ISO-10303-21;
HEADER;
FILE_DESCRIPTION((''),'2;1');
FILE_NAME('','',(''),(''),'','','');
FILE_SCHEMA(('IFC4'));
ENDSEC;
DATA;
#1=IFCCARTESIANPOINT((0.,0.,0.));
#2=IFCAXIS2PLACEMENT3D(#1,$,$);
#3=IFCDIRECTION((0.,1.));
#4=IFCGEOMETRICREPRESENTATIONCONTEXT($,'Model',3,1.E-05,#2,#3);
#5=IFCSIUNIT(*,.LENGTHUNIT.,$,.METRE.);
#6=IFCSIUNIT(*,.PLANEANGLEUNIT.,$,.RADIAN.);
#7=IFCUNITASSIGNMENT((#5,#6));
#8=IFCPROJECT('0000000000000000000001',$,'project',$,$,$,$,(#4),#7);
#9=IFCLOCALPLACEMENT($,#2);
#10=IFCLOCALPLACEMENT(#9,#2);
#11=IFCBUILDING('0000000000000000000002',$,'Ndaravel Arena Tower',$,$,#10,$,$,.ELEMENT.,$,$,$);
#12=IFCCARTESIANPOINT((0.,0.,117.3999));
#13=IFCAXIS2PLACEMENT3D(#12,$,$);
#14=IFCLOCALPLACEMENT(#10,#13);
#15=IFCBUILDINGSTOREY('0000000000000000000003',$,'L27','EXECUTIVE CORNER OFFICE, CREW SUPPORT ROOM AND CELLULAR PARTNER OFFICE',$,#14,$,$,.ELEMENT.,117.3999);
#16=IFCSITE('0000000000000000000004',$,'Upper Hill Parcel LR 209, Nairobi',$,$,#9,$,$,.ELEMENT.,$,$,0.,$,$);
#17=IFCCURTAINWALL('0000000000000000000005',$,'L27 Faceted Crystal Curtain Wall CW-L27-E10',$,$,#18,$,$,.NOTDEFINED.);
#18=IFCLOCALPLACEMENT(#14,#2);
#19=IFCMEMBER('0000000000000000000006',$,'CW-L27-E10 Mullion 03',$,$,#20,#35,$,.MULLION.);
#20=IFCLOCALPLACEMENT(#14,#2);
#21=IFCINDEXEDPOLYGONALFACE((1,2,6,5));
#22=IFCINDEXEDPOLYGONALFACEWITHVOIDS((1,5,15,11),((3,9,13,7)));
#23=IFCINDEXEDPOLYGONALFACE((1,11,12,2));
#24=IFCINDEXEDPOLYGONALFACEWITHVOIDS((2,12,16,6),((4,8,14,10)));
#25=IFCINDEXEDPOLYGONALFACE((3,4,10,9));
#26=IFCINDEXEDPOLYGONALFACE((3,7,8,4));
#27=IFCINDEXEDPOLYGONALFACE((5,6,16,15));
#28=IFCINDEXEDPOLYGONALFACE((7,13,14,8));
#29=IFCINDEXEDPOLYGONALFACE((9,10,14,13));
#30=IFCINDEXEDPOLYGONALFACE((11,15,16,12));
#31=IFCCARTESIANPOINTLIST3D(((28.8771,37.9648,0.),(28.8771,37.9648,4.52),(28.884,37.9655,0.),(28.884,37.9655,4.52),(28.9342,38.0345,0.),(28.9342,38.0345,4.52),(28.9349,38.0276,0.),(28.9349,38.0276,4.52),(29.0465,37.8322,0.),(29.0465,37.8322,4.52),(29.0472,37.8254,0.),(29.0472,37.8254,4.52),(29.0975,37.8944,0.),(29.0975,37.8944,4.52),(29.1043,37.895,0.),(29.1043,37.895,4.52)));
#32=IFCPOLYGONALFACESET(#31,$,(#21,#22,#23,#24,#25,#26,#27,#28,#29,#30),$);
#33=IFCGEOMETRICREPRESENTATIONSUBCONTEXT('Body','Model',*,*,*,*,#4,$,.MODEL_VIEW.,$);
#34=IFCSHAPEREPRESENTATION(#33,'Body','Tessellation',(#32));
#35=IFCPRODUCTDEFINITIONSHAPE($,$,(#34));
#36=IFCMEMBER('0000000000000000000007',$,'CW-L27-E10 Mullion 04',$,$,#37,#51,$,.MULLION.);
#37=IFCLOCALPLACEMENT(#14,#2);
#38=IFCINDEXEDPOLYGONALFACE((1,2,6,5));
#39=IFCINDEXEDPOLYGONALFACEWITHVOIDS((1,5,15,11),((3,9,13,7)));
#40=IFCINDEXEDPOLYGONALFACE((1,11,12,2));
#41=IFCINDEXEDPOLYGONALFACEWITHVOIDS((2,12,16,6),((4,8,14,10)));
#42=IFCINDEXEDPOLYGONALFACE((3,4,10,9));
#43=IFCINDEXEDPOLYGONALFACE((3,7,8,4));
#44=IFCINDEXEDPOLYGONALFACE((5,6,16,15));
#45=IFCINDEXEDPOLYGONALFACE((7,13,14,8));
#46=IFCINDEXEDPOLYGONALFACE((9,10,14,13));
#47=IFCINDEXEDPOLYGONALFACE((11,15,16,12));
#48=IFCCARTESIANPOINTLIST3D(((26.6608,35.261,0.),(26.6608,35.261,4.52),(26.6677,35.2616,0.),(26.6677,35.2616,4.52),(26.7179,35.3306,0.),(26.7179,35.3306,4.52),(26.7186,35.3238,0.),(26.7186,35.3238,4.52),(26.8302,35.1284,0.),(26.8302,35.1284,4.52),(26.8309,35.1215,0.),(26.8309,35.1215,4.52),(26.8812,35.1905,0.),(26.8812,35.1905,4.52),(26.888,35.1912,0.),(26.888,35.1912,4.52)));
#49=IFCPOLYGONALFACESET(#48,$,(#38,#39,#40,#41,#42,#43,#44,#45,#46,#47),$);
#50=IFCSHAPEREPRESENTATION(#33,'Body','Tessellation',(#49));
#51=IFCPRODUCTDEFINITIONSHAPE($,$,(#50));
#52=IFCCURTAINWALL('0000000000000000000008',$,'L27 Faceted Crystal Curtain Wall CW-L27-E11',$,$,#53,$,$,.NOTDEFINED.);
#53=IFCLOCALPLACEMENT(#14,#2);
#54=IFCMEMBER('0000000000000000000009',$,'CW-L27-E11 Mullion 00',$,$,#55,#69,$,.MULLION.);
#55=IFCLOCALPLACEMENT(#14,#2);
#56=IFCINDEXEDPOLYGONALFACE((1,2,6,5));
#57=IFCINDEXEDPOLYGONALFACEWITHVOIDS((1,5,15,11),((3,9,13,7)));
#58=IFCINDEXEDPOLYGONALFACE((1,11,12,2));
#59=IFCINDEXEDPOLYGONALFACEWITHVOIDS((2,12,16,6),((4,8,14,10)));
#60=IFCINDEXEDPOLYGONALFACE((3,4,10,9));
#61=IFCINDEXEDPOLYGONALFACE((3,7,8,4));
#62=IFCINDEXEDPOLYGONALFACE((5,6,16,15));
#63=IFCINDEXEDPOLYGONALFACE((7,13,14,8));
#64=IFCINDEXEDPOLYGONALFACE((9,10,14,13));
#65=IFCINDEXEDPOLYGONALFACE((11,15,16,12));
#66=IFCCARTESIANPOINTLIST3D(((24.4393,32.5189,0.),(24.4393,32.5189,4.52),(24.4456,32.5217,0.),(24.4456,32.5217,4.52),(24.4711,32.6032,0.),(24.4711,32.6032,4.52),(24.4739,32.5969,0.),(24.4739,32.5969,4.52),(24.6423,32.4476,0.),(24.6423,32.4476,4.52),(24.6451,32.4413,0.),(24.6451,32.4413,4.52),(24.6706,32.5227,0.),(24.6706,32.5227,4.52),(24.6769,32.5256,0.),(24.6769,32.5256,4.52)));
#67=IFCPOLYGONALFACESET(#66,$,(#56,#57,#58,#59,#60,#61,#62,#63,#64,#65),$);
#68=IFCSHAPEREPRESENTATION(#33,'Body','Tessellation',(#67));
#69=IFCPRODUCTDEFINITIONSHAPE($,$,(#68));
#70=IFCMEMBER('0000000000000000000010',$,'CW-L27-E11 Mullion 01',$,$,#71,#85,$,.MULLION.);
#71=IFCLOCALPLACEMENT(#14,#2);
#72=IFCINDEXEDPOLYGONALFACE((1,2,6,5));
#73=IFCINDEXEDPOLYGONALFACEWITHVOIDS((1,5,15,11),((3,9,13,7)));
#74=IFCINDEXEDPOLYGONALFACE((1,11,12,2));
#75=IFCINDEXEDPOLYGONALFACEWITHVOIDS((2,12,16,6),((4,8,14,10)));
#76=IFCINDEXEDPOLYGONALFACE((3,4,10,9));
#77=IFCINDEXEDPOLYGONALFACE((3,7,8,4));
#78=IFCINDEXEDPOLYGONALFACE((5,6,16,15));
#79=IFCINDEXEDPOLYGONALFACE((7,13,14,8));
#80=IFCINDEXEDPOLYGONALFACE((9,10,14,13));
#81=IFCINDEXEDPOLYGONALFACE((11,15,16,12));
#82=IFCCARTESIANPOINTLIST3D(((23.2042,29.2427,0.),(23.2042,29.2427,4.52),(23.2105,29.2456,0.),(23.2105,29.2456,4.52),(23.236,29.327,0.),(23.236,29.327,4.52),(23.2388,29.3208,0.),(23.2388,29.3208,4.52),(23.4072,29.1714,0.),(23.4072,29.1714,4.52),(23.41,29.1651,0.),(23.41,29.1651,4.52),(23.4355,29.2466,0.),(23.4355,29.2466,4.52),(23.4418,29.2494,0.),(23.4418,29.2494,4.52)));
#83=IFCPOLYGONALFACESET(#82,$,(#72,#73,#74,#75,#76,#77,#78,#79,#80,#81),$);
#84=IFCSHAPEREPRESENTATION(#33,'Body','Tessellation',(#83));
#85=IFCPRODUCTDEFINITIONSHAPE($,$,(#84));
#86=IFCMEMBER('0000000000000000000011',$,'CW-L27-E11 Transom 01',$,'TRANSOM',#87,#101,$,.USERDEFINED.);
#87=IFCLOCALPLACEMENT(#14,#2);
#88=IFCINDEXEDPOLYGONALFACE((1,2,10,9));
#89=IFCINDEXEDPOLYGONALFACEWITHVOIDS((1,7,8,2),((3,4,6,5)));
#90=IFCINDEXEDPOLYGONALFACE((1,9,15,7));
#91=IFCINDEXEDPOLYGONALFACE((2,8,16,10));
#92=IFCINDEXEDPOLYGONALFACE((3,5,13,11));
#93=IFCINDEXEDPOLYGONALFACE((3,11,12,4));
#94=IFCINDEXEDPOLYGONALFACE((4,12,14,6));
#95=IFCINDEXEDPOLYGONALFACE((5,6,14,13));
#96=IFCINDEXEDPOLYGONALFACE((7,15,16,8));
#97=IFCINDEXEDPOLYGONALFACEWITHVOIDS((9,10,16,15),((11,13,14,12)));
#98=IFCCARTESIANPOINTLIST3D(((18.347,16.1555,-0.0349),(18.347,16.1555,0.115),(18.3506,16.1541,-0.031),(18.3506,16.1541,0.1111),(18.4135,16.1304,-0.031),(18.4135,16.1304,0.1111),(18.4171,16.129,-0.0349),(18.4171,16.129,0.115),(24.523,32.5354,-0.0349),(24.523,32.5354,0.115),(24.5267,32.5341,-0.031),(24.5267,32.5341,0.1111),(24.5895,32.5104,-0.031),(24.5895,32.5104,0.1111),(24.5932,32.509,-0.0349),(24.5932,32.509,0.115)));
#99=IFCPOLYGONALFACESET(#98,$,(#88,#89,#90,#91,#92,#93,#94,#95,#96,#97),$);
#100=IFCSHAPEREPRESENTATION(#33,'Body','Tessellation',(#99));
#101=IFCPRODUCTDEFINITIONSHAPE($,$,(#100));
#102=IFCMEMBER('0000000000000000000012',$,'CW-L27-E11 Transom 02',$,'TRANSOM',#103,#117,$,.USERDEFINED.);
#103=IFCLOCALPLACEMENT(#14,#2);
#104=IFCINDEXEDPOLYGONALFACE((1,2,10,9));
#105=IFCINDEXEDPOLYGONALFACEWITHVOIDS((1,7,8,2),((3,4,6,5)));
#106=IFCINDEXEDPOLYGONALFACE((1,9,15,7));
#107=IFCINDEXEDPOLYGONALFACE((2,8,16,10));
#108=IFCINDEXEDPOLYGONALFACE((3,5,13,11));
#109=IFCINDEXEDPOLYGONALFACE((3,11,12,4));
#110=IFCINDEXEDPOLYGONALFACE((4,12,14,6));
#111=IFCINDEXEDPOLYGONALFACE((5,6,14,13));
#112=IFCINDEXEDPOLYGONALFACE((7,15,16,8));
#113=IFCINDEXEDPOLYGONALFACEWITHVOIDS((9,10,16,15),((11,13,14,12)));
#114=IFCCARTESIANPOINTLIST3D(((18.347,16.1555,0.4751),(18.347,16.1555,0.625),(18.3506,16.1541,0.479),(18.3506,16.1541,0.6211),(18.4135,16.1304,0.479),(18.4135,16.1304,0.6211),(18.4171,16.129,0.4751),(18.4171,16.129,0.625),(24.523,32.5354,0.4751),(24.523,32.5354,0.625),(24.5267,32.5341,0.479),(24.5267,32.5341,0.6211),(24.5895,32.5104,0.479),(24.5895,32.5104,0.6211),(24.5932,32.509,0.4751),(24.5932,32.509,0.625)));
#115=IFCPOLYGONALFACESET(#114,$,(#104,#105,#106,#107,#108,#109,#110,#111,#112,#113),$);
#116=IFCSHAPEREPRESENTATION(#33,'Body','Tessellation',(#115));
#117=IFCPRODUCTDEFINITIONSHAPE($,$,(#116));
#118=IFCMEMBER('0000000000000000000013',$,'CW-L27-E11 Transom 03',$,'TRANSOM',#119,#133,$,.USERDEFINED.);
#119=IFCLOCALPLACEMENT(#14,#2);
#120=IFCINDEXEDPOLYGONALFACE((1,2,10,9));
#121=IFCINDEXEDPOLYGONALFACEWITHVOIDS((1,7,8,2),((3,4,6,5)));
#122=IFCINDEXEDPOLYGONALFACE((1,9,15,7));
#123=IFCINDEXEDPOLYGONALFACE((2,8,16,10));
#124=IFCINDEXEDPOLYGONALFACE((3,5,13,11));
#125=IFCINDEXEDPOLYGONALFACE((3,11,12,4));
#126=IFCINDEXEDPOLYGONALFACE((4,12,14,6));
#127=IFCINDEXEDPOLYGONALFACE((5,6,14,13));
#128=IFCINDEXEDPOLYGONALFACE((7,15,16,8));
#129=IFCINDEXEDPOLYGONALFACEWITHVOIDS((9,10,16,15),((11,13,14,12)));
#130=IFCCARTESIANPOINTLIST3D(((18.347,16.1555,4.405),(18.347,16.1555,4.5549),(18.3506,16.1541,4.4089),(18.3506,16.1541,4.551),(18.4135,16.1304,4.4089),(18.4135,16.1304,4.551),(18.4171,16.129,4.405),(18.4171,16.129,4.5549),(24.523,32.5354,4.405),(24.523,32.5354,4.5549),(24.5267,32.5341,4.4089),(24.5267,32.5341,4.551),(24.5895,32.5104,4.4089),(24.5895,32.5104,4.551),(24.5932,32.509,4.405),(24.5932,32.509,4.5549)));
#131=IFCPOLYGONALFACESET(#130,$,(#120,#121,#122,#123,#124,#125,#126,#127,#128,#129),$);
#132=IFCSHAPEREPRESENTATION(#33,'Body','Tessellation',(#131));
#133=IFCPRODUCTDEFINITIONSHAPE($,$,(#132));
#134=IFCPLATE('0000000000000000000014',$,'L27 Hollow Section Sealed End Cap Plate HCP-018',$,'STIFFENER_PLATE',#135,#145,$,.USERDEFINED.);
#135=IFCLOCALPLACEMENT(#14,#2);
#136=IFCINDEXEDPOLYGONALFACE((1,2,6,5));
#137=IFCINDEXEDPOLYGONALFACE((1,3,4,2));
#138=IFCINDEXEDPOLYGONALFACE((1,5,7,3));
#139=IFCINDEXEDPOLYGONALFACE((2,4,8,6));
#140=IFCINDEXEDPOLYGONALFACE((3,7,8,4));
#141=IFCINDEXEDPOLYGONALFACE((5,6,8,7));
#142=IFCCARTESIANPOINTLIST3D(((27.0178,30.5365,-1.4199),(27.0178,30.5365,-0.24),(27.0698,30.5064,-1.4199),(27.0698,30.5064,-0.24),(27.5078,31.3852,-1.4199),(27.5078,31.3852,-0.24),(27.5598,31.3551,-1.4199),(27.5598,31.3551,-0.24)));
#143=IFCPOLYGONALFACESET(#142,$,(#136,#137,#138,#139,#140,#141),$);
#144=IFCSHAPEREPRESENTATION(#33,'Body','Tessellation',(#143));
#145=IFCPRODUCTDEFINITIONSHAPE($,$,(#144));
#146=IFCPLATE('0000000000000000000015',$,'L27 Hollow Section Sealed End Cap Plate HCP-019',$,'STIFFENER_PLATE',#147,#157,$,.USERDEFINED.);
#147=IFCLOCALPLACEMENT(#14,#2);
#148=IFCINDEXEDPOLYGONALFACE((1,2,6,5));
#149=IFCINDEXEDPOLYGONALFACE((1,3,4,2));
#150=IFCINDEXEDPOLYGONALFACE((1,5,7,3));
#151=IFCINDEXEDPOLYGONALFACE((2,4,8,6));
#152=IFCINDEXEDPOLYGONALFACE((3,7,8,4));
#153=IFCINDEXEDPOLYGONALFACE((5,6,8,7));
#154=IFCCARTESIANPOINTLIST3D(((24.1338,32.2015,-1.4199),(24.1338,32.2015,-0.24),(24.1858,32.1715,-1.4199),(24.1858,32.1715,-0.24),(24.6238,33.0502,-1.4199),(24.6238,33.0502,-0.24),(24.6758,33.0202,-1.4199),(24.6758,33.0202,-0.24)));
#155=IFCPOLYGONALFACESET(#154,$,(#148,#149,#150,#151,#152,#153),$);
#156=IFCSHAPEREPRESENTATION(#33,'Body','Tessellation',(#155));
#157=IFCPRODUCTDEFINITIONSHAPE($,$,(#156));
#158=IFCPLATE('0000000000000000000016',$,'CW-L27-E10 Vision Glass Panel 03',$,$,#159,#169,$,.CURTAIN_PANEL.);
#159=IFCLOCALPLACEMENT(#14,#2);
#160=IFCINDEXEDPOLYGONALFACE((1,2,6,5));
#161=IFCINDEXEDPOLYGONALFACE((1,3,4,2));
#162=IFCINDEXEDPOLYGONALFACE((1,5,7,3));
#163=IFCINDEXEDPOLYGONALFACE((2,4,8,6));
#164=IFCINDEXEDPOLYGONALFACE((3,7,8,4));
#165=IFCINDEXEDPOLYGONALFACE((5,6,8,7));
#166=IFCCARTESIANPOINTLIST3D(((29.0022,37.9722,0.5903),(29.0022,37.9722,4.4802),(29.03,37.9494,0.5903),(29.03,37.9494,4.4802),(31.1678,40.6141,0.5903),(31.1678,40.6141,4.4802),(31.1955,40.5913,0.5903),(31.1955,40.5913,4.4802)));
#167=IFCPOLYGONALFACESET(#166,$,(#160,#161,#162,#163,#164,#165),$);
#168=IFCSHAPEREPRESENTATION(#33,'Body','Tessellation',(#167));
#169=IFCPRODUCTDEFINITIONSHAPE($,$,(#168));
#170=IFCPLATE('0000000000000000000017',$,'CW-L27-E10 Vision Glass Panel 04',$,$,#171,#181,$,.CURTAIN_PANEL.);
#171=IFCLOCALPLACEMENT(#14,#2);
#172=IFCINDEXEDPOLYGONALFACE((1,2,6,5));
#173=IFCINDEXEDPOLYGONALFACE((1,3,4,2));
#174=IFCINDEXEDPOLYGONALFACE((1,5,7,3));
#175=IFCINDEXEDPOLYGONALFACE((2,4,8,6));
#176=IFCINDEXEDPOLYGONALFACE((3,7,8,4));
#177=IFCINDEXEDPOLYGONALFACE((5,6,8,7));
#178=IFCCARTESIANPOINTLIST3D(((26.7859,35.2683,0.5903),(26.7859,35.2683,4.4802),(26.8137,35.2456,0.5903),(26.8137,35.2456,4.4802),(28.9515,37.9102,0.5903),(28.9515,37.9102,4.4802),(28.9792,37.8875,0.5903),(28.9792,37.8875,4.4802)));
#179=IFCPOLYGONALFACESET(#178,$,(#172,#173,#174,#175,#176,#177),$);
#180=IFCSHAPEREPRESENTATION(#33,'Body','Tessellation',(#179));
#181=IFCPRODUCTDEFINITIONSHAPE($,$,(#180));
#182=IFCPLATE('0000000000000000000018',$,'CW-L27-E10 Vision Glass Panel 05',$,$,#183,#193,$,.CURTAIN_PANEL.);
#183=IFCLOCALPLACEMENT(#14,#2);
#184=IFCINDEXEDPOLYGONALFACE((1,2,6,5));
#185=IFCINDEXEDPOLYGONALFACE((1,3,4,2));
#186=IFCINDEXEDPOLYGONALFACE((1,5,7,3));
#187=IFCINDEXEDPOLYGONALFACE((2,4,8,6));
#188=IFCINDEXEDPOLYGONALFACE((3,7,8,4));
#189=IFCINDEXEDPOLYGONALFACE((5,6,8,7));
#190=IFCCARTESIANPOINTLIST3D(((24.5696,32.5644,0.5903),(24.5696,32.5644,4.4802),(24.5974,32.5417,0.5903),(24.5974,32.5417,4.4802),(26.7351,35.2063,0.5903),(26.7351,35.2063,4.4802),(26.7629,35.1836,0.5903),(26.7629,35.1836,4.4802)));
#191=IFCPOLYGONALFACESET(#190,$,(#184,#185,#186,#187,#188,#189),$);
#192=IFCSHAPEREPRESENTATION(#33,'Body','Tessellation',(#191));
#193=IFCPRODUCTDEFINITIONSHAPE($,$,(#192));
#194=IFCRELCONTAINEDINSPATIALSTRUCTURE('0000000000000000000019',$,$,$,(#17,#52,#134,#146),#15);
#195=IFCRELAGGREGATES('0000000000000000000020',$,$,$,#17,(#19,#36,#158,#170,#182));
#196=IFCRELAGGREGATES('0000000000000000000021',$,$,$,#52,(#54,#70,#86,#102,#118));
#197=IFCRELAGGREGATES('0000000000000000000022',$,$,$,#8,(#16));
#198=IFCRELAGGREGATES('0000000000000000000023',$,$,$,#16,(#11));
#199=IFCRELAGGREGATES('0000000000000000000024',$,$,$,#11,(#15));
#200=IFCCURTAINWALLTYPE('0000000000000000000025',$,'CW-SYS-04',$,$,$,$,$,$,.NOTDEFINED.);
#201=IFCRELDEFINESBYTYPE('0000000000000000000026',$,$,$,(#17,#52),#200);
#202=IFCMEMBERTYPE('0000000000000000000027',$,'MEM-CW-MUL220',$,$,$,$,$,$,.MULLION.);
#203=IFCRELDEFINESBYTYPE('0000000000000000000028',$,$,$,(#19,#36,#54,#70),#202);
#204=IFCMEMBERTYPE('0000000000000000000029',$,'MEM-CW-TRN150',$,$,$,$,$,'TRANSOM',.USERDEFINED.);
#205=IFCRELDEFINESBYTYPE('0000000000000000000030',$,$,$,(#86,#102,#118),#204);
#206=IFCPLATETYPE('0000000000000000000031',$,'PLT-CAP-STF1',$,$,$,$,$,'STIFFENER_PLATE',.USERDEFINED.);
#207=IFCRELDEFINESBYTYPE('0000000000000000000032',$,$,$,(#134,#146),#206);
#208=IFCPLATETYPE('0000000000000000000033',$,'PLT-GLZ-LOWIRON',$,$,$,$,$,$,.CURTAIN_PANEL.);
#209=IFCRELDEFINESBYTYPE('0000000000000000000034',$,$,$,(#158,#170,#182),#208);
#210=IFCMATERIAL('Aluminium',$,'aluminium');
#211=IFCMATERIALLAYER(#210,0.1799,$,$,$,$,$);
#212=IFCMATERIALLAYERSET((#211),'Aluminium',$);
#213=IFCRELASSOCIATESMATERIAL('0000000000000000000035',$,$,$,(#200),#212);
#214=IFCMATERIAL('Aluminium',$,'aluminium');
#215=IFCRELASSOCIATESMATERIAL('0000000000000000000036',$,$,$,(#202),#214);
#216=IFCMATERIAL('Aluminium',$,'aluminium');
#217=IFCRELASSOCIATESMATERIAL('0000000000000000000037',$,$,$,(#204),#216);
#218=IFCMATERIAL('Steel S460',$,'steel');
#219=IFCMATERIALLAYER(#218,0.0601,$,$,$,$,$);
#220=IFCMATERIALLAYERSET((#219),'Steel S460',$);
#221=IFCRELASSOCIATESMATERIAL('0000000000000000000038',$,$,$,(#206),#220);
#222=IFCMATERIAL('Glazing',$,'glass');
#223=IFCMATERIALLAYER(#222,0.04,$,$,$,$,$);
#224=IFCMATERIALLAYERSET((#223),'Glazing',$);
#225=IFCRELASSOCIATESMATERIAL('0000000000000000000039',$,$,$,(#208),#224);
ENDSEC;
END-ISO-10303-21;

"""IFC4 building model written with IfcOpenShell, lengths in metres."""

from ifc_helpers import new_model, si_unit, direction, frame, origin, origin_2d, place, context, subcontext, project, spatial, rectangle, hollow_rectangle, extrude, material, layer, layer_set, material_profile, profile_set, type_object, element, aggregate, save


model = new_model("IFC4")

# Units and contexts
model_context = context("Model", 3, precision=1e-05, world=origin(), true_north=direction((0.0, 1.0)))
body_context = subcontext(model_context, "Body", "Model", "MODEL_VIEW")
ifc_project = project(units=[si_unit("LENGTHUNIT", "METRE"), si_unit("PLANEANGLEUNIT", "RADIAN")], contexts=[model_context])

# Site, building, storey
site_placement = place(None, origin())
site = spatial("IfcSite", under=ifc_project, at=site_placement, Name="Upper Hill Parcel LR 209, Nairobi", CompositionType="ELEMENT", RefElevation=0.0)
building_placement = place(site_placement, origin())
building = spatial("IfcBuilding", under=site, at=building_placement, Name="Ndaravel Arena Tower", CompositionType="ELEMENT")
storey_placement = place(building_placement, frame((0.0, 0.0, 117.3999)))
storey = spatial("IfcBuildingStorey", under=building, at=storey_placement, Name="L27", Description="EXECUTIVE CORNER OFFICE, CREW SUPPORT ROOM AND CELLULAR PARTNER OFFICE", CompositionType="ELEMENT", Elevation=117.3999)

# Curtain walls, members
ifc_material_1 = material(Name="Aluminium", Category="aluminium")
ifc_layer_1 = layer(ifc_material_1, 0.1799)
ifc_layer_set_1 = layer_set([ifc_layer_1], Name="Aluminium")
curtain_wall_type = type_object("IfcCurtainWallType", Name="CW-SYS-04", PredefinedType="NOTDEFINED", material=ifc_layer_set_1)
curtain_wall_1_placement = place(storey_placement, origin())
curtain_wall_1 = element("IfcCurtainWall", 1, at=curtain_wall_1_placement, inside=storey, type_object=curtain_wall_type, Name="L27 Faceted Crystal Curtain Wall CW-L27-E10", PredefinedType="NOTDEFINED")
ifc_material_2 = material(Name="Aluminium", Category="aluminium")
ifc_material_profile_1 = material_profile(ifc_material_2, hollow_rectangle(XDim=0.0901, YDim=0.22, WallThickness=0.0049, at=origin_2d()), Name="CW MULLION 90x220x5")
ifc_profile_set_1 = profile_set([ifc_material_profile_1], Name="Aluminium")
member_type_1 = type_object("IfcMemberType", Name="MEM-CW-MUL220", PredefinedType="MULLION", material=ifc_profile_set_1)
member_1_placement = place(storey_placement, frame((28.9907, 37.9299, 0.0), z_axis=(0.0, 0.0, 1.0), x_axis=(-0.633934, -0.773387, 0.0)))
member_1 = element("IfcMember", 2, at=member_1_placement, type_object=member_type_1, Name="CW-L27-E10 Mullion 03", PredefinedType="MULLION", context=body_context, shape_type="SweptSolid", body=[
    extrude(hollow_rectangle(XDim=0.0901, YDim=0.22, WallThickness=0.0049, at=origin_2d()), origin(), (0.0, 0.0, 1.0), 4.52),
])
member_2_placement = place(storey_placement, frame((26.7744, 35.2261, 0.0), z_axis=(0.0, 0.0, 1.0), x_axis=(-0.633934, -0.773387, 0.0)))
member_2 = element("IfcMember", 3, at=member_2_placement, type_object=member_type_1, Name="CW-L27-E10 Mullion 04", PredefinedType="MULLION", context=body_context, shape_type="SweptSolid", body=[
    extrude(hollow_rectangle(XDim=0.0901, YDim=0.22, WallThickness=0.0049, at=origin_2d()), origin(), (0.0, 0.0, 1.0), 4.52),
])
curtain_wall_2_placement = place(storey_placement, origin())
curtain_wall_2 = element("IfcCurtainWall", 4, at=curtain_wall_2_placement, inside=storey, type_object=curtain_wall_type, Name="L27 Faceted Crystal Curtain Wall CW-L27-E11", PredefinedType="NOTDEFINED")
member_3_placement = place(storey_placement, frame((24.5581, 32.5222, 0.0), z_axis=(0.0, 0.0, 1.0), x_axis=(-0.352805, -0.935697, 0.0)))
member_3 = element("IfcMember", 5, at=member_3_placement, type_object=member_type_1, Name="CW-L27-E11 Mullion 00", PredefinedType="MULLION", context=body_context, shape_type="SweptSolid", body=[
    extrude(hollow_rectangle(XDim=0.0901, YDim=0.22, WallThickness=0.0049, at=origin_2d()), origin(), (0.0, 0.0, 1.0), 4.52),
])
member_4_placement = place(storey_placement, frame((23.323, 29.2461, 0.0), z_axis=(0.0, 0.0, 1.0), x_axis=(-0.352805, -0.935697, 0.0)))
member_4 = element("IfcMember", 6, at=member_4_placement, type_object=member_type_1, Name="CW-L27-E11 Mullion 01", PredefinedType="MULLION", context=body_context, shape_type="SweptSolid", body=[
    extrude(hollow_rectangle(XDim=0.0901, YDim=0.22, WallThickness=0.0049, at=origin_2d()), origin(), (0.0, 0.0, 1.0), 4.52),
])
ifc_material_3 = material(Name="Aluminium", Category="aluminium")
ifc_material_profile_2 = material_profile(ifc_material_3, hollow_rectangle(XDim=0.075, YDim=0.1499, WallThickness=0.0039, at=origin_2d()), Name="CW TRANSOM 75x150x4")
ifc_profile_set_2 = profile_set([ifc_material_profile_2], Name="Aluminium")
member_type_2 = type_object("IfcMemberType", Name="MEM-CW-TRN150", ElementType="TRANSOM", PredefinedType="USERDEFINED", material=ifc_profile_set_2)
member_5_placement = place(storey_placement, frame((24.5581, 32.5222, 0.04), z_axis=(-0.352804, -0.935697, 0.0), x_axis=(0.935697, -0.352804, 0.0)))
member_5 = element("IfcMember", 7, at=member_5_placement, type_object=member_type_2, Name="CW-L27-E11 Transom 01", ObjectType="TRANSOM", PredefinedType="USERDEFINED", context=body_context, shape_type="SweptSolid", body=[
    extrude(hollow_rectangle(XDim=0.075, YDim=0.1499, WallThickness=0.0039, at=origin_2d()), origin(), (0.0, 0.0, 1.0), 17.5056),
])
member_6_placement = place(storey_placement, frame((24.5581, 32.5222, 0.55), z_axis=(-0.352804, -0.935697, 0.0), x_axis=(0.935697, -0.352804, 0.0)))
member_6 = element("IfcMember", 8, at=member_6_placement, type_object=member_type_2, Name="CW-L27-E11 Transom 02", ObjectType="TRANSOM", PredefinedType="USERDEFINED", context=body_context, shape_type="SweptSolid", body=[
    extrude(hollow_rectangle(XDim=0.075, YDim=0.1499, WallThickness=0.0039, at=origin_2d()), origin(), (0.0, 0.0, 1.0), 17.5056),
])
member_7_placement = place(storey_placement, frame((24.5581, 32.5222, 4.48), z_axis=(-0.352804, -0.935697, 0.0), x_axis=(0.935697, -0.352804, 0.0)))
member_7 = element("IfcMember", 9, at=member_7_placement, type_object=member_type_2, Name="CW-L27-E11 Transom 03", ObjectType="TRANSOM", PredefinedType="USERDEFINED", context=body_context, shape_type="SweptSolid", body=[
    extrude(hollow_rectangle(XDim=0.075, YDim=0.1499, WallThickness=0.0039, at=origin_2d()), origin(), (0.0, 0.0, 1.0), 17.5056),
])

# Plates
ifc_material_4 = material(Name="Steel S460", Category="steel")
ifc_layer_2 = layer(ifc_material_4, 0.0601)
ifc_layer_set_2 = layer_set([ifc_layer_2], Name="Steel S460")
plate_type_1 = type_object("IfcPlateType", Name="PLT-CAP-STF1", ElementType="STIFFENER_PLATE", PredefinedType="USERDEFINED", material=ifc_layer_set_2)
for number, where, z_axis, x_axis, name in (
    (10, (27.2888, 30.9458, -1.4199), (0.0, 0.0, 1.0), (-0.866025, 0.5, 0.0), "L27 Hollow Section Sealed End Cap Plate HCP-018"),
    (11, (24.4048, 32.6108, -1.4199), (0.0, 0.0, 1.0), (-0.866025, 0.5, 0.0), "L27 Hollow Section Sealed End Cap Plate HCP-019"),
):
    element("IfcPlate", number, at=place(storey_placement, frame(where, z_axis=z_axis, x_axis=x_axis)), inside=storey, type_object=plate_type_1, Name=name, ObjectType="STIFFENER_PLATE", PredefinedType="USERDEFINED", context=body_context, shape_type="SweptSolid", body=[
        extrude(rectangle(XDim=0.0601, YDim=0.98, at=origin_2d()), origin(), (0.0, 0.0, 1.0), 1.1799),
    ])

# Plates
ifc_material_5 = material(Name="Glazing", Category="glass")
ifc_layer_3 = layer(ifc_material_5, 0.04)
ifc_layer_set_3 = layer_set([ifc_layer_3], Name="Glazing")
plate_type_2 = type_object("IfcPlateType", Name="PLT-GLZ-LOWIRON", PredefinedType="CURTAIN_PANEL", material=ifc_layer_set_3)
plate_1_placement = place(storey_placement, frame((30.0989, 39.2817, 0.5903), z_axis=(0.0, 0.0, 1.0), x_axis=(-0.633934, -0.773387, 0.0)))
plate_1 = element("IfcPlate", 12, at=plate_1_placement, type_object=plate_type_2, Name="CW-L27-E10 Vision Glass Panel 03", PredefinedType="CURTAIN_PANEL", context=body_context, shape_type="SweptSolid", body=[
    extrude(rectangle(XDim=3.416, YDim=0.0359, at=origin_2d()), origin(), (0.0, 0.0, 1.0), 3.8899),
])
plate_2_placement = place(storey_placement, frame((27.8826, 36.5779, 0.5903), z_axis=(0.0, 0.0, 1.0), x_axis=(-0.633934, -0.773387, 0.0)))
plate_2 = element("IfcPlate", 13, at=plate_2_placement, type_object=plate_type_2, Name="CW-L27-E10 Vision Glass Panel 04", PredefinedType="CURTAIN_PANEL", context=body_context, shape_type="SweptSolid", body=[
    extrude(rectangle(XDim=3.416, YDim=0.0359, at=origin_2d()), origin(), (0.0, 0.0, 1.0), 3.8899),
])
plate_3_placement = place(storey_placement, frame((25.6663, 33.874, 0.5903), z_axis=(0.0, 0.0, 1.0), x_axis=(-0.633934, -0.773387, 0.0)))
plate_3 = element("IfcPlate", 14, at=plate_3_placement, type_object=plate_type_2, Name="CW-L27-E10 Vision Glass Panel 05", PredefinedType="CURTAIN_PANEL", context=body_context, shape_type="SweptSolid", body=[
    extrude(rectangle(XDim=3.416, YDim=0.0359, at=origin_2d()), origin(), (0.0, 0.0, 1.0), 3.8899),
])
aggregate(curtain_wall_1, [member_1, member_2, plate_1, plate_2, plate_3])
aggregate(curtain_wall_2, [member_3, member_4, member_5, member_6, member_7])

save(model, "model.ifc")
